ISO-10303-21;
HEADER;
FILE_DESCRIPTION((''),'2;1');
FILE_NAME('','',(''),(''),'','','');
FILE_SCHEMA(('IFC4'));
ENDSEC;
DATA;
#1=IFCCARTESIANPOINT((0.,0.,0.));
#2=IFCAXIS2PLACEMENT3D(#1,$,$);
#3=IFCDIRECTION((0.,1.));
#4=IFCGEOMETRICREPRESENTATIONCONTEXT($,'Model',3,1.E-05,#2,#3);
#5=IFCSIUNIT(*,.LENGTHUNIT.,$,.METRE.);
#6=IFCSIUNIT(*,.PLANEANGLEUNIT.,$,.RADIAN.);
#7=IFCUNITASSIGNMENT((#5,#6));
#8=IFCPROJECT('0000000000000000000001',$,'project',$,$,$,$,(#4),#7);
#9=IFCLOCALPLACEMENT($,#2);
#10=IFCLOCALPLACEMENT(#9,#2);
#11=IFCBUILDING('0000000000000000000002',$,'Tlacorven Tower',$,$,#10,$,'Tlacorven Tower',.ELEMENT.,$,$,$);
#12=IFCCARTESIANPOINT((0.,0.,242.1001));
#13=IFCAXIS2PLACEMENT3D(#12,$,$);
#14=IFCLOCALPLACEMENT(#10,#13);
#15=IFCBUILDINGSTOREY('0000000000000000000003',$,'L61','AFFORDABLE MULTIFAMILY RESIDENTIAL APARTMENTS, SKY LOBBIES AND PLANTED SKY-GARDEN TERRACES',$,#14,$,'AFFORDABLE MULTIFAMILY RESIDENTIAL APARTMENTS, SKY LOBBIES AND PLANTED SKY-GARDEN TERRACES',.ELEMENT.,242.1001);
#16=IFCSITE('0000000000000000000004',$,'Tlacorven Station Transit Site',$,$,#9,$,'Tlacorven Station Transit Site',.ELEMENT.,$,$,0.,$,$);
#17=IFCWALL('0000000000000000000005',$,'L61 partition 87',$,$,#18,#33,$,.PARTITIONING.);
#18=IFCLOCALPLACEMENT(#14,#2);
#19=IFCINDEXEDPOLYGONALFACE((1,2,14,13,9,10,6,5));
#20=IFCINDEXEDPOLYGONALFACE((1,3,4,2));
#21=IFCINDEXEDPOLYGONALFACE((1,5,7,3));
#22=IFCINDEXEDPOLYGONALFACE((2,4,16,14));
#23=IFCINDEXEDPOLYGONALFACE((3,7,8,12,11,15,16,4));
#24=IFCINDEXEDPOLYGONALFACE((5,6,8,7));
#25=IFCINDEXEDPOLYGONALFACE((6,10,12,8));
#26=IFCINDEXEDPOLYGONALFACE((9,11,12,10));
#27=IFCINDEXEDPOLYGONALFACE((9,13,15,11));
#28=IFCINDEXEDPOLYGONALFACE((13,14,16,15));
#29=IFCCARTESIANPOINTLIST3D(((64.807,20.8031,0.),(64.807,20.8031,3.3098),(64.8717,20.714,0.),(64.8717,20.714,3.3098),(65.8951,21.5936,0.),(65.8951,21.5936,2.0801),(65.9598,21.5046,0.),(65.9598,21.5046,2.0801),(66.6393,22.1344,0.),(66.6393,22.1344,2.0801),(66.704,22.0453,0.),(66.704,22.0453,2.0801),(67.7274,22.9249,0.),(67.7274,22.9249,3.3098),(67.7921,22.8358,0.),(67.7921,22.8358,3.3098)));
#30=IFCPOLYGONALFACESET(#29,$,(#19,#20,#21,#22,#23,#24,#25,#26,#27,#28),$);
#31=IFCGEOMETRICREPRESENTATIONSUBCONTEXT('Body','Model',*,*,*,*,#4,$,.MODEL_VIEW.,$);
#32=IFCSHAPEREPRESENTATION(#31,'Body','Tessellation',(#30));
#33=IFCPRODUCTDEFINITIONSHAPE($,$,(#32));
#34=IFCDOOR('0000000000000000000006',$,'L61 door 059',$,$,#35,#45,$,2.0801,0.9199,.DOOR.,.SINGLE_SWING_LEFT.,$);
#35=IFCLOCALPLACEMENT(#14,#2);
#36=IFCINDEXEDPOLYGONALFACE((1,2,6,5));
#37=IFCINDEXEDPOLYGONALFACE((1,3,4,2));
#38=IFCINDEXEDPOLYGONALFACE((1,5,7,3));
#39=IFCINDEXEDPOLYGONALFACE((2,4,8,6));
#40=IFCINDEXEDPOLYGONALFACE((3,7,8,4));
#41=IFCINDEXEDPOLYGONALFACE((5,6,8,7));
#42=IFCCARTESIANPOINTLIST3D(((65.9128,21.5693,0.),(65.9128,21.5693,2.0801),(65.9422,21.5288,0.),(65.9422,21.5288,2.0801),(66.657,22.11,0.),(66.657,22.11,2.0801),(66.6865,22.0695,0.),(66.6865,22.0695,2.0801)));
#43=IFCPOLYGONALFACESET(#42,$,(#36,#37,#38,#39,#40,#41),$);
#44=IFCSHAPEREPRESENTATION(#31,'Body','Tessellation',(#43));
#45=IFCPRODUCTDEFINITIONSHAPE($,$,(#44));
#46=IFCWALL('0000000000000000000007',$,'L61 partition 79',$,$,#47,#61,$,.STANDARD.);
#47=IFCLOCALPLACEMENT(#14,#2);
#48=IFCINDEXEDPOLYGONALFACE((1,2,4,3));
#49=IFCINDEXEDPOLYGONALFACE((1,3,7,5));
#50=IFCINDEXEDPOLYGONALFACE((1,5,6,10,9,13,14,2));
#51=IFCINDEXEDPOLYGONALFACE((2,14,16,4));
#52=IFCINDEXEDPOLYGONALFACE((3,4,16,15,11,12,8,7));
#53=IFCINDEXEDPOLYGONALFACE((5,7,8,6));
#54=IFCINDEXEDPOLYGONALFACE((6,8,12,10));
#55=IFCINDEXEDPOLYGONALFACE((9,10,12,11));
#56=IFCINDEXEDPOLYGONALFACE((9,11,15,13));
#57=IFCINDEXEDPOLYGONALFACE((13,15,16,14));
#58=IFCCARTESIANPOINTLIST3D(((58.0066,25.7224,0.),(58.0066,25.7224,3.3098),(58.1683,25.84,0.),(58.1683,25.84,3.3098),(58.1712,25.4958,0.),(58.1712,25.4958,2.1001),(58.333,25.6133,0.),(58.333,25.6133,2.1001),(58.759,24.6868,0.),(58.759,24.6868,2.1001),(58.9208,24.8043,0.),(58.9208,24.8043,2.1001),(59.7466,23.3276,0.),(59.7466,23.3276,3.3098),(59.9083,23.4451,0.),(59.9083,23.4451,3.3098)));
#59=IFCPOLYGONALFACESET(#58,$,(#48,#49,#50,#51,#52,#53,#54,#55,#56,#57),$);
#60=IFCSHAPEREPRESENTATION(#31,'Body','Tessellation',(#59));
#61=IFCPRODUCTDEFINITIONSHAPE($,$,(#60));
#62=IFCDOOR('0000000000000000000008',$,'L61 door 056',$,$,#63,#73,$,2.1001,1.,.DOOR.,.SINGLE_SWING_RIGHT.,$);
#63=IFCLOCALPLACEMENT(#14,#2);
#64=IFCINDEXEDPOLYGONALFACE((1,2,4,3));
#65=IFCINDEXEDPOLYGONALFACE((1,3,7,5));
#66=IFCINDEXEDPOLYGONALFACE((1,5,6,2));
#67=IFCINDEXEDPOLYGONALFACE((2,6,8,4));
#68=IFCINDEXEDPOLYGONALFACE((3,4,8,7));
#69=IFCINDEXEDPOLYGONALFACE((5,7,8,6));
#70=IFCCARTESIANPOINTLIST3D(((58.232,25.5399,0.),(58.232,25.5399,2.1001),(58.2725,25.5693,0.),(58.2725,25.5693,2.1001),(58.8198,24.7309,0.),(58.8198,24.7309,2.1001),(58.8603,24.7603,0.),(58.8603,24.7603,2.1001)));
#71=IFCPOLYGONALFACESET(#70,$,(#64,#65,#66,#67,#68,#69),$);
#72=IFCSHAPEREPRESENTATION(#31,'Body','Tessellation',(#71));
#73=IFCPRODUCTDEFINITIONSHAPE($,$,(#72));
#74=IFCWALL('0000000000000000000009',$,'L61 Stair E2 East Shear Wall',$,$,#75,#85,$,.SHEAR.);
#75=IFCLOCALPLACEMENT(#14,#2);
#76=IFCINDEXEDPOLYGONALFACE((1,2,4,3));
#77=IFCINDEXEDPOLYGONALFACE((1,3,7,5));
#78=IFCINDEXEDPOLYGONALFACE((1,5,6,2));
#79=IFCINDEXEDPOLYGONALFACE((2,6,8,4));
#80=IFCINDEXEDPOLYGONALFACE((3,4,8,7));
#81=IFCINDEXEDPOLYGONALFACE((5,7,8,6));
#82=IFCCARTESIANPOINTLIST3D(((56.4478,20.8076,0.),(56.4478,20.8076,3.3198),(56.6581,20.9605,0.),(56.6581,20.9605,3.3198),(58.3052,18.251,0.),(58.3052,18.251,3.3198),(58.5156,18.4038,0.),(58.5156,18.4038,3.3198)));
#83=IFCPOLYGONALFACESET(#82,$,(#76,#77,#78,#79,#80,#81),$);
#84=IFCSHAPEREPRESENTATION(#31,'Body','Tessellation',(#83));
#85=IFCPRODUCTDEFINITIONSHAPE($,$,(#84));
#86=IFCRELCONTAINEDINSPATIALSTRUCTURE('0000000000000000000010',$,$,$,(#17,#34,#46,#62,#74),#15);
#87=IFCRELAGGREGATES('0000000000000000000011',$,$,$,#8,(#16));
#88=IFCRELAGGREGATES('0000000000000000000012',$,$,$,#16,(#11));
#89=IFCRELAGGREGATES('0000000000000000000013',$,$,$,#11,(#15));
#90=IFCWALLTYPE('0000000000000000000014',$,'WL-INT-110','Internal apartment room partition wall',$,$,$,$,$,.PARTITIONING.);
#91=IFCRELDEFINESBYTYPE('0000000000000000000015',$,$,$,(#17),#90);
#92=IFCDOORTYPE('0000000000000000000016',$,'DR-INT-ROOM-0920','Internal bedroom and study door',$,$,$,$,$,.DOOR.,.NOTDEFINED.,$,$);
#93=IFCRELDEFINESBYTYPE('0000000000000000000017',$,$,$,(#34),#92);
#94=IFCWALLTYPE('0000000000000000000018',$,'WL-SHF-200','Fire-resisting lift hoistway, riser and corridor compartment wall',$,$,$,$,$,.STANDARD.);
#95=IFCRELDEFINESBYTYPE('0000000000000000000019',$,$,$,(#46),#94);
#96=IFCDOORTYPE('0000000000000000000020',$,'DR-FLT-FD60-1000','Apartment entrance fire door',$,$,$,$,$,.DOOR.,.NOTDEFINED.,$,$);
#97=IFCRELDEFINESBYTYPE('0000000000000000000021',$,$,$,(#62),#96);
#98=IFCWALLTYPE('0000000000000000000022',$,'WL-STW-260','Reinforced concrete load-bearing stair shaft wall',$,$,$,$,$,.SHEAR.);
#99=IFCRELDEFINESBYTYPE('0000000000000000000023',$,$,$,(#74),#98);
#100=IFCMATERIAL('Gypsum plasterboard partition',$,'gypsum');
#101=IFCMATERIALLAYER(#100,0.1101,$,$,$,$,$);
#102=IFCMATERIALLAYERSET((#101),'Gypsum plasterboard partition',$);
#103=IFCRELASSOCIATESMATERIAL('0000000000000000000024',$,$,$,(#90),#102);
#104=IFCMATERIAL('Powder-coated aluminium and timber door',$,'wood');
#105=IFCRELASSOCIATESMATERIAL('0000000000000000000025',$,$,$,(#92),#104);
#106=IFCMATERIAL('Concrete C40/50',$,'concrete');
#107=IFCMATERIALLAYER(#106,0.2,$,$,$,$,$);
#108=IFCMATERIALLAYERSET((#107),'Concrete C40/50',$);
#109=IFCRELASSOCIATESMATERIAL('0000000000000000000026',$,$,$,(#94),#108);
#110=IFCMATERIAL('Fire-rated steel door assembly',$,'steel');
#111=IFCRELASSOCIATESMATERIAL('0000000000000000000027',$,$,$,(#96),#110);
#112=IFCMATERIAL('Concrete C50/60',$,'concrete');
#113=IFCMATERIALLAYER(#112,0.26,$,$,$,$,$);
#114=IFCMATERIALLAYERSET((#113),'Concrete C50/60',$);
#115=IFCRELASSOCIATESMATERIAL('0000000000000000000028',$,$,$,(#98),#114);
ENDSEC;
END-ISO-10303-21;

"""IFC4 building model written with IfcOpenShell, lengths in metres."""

from ifc_helpers import new_model, si_unit, direction, frame, frame_2d, origin, place, context, subcontext, project, spatial, rectangle, extrude, source, transform, mapped, material, layer, layer_set, type_object, element, fill, save


model = new_model("IFC4")

# Units and contexts
model_context = context("Model", 3, precision=1e-05, world=origin(), true_north=direction((0.0, 1.0)))
body_context = subcontext(model_context, "Body", "Model", "MODEL_VIEW")
ifc_project = project(units=[si_unit("LENGTHUNIT", "METRE"), si_unit("PLANEANGLEUNIT", "RADIAN")], contexts=[model_context])

# Site, building, storey
site_placement = place(None, origin())
site = spatial("IfcSite", under=ifc_project, at=site_placement, Name="Tlacorven Station Transit Site", LongName="Tlacorven Station Transit Site", CompositionType="ELEMENT", RefElevation=0.0)
building_placement = place(site_placement, origin())
building = spatial("IfcBuilding", under=site, at=building_placement, Name="Tlacorven Tower", LongName="Tlacorven Tower", CompositionType="ELEMENT")
storey_placement = place(building_placement, frame((0.0, 0.0, 242.1001)))
storey = spatial("IfcBuildingStorey", under=building, at=storey_placement, Name="L61", Description="AFFORDABLE MULTIFAMILY RESIDENTIAL APARTMENTS, SKY LOBBIES AND PLANTED SKY-GARDEN TERRACES", LongName="AFFORDABLE MULTIFAMILY RESIDENTIAL APARTMENTS, SKY LOBBIES AND PLANTED SKY-GARDEN TERRACES", CompositionType="ELEMENT", Elevation=242.1001)

# Shared definitions
ifc_material_1 = material(Name="Concrete C50/60", Category="concrete")

# Walls, openings, doors
ifc_material_2 = material(Name="Gypsum plasterboard partition", Category="gypsum")
ifc_layer_1 = layer(ifc_material_2, 0.1101)
ifc_layer_set_1 = layer_set([ifc_layer_1], Name="Gypsum plasterboard partition")
wall_type_1 = type_object("IfcWallType", Name="WL-INT-110", Description="Internal apartment room partition wall", PredefinedType="PARTITIONING", material=ifc_layer_set_1)
wall_1_placement = place(storey_placement, frame((64.8394, 20.7585, 0.0), z_axis=(0.0, 0.0, 1.0), x_axis=(0.809014, 0.58779, 0.0)))
wall_1 = element("IfcWall", 1, at=wall_1_placement, inside=storey, type_object=wall_type_1, Name="L61 partition 87", PredefinedType="PARTITIONING", context=body_context, shape_type="SweptSolid", body=[
    extrude(rectangle(XDim=3.6099, YDim=0.1101, at=frame_2d((1.8049, 0.0))), origin(), (0.0, 0.0, 1.0), 3.3098),
])
opening_1_placement = place(wall_1_placement, frame((1.345, 0.0, 0.0)))
opening_1 = element("IfcOpeningElement", 2, at=opening_1_placement, cuts=wall_1, PredefinedType="OPENING", context=body_context, shape_type="SweptSolid", body=[
    extrude(rectangle(XDim=0.9199, YDim=2.0801, at=frame_2d((0.46, 1.04))), frame((0.0, 0.0649, 0.0), z_axis=(0.0, -1.0, 0.0), x_axis=(1.0, 0.0, 0.0)), (0.0, 0.0, 1.0), 0.1301),
])
ifc_material_3 = material(Name="Powder-coated aluminium and timber door", Category="wood")
door_type_1 = type_object("IfcDoorType", Name="DR-INT-ROOM-0920", Description="Internal bedroom and study door", OperationType="NOTDEFINED", PredefinedType="DOOR", material=ifc_material_3)
shared_shape_1 = source(origin(), body_context, "Body", "SweptSolid", [
    extrude(rectangle(XDim=0.9199, YDim=2.0801, at=frame_2d((0.46, 1.04))), frame((0.0, 0.0249, 0.0), z_axis=(0.0, -1.0, 0.0), x_axis=(1.0, 0.0, 0.0)), (0.0, 0.0, 1.0), 0.05),
])
door_1_placement = place(opening_1_placement, origin())
door_1 = element("IfcDoor", 3, at=door_1_placement, inside=storey, type_object=door_type_1, Name="L61 door 059", OperationType="SINGLE_SWING_LEFT", OverallHeight=2.0801, OverallWidth=0.9199, PredefinedType="DOOR", context=body_context, shape_type="MappedRepresentation", body=[
    mapped(shared_shape_1, transform((0.0, 0.0, 0.0), scale=1.0)),
])
fill(opening_1, door_1)
ifc_material_4 = material(Name="Concrete C40/50", Category="concrete")
ifc_layer_2 = layer(ifc_material_4, 0.2)
ifc_layer_set_2 = layer_set([ifc_layer_2], Name="Concrete C40/50")
wall_type_2 = type_object("IfcWallType", Name="WL-SHF-200", Description="Fire-resisting lift hoistway, riser and corridor compartment wall", PredefinedType="STANDARD", material=ifc_layer_set_2)
wall_2_placement = place(storey_placement, frame((59.8274, 23.3865, 0.0), z_axis=(0.0, 0.0, 1.0), x_axis=(-0.587804, 0.809003, 0.0)))
wall_2 = element("IfcWall", 4, at=wall_2_placement, inside=storey, type_object=wall_type_2, Name="L61 partition 79", PredefinedType="STANDARD", context=body_context, shape_type="SweptSolid", body=[
    extrude(rectangle(XDim=2.9602, YDim=0.2, at=frame_2d((1.48, 0.0))), origin(), (0.0, 0.0, 1.0), 3.3098),
])
opening_2_placement = place(wall_2_placement, frame((1.6799, 0.0, 0.0)))
opening_2 = element("IfcOpeningElement", 5, at=opening_2_placement, cuts=wall_2, PredefinedType="OPENING", context=body_context, shape_type="SweptSolid", body=[
    extrude(rectangle(XDim=1.0, YDim=2.1001, at=frame_2d((0.5, 1.05))), frame((0.0, 0.1099, 0.0), z_axis=(0.0, -1.0, 0.0), x_axis=(1.0, 0.0, 0.0)), (0.0, 0.0, 1.0), 0.22),
])
ifc_material_5 = material(Name="Fire-rated steel door assembly", Category="steel")
door_type_2 = type_object("IfcDoorType", Name="DR-FLT-FD60-1000", Description="Apartment entrance fire door", OperationType="NOTDEFINED", PredefinedType="DOOR", material=ifc_material_5)
shared_shape_2 = source(origin(), body_context, "Body", "SweptSolid", [
    extrude(rectangle(XDim=1.0, YDim=2.1001, at=frame_2d((0.5, 1.05))), frame((0.0, 0.0249, 0.0), z_axis=(0.0, -1.0, 0.0), x_axis=(1.0, 0.0, 0.0)), (0.0, 0.0, 1.0), 0.05),
])
door_2_placement = place(opening_2_placement, origin())
door_2 = element("IfcDoor", 6, at=door_2_placement, inside=storey, type_object=door_type_2, Name="L61 door 056", OperationType="SINGLE_SWING_RIGHT", OverallHeight=2.1001, OverallWidth=1.0, PredefinedType="DOOR", context=body_context, shape_type="MappedRepresentation", body=[
    mapped(shared_shape_2, transform((0.0, 0.0, 0.0), scale=1.0)),
])
fill(opening_2, door_2)

# Wall
ifc_layer_3 = layer(ifc_material_1, 0.26)
ifc_layer_set_3 = layer_set([ifc_layer_3], Name="Concrete C50/60")
wall_type_3 = type_object("IfcWallType", Name="WL-STW-260", Description="Reinforced concrete load-bearing stair shaft wall", PredefinedType="SHEAR", material=ifc_layer_set_3)
wall_3_placement = place(storey_placement, frame((58.4104, 18.3274, 0.0), z_axis=(0.0, 0.0, 1.0), x_axis=(-0.587767, 0.80903, 0.0)))
element("IfcWall", 7, at=wall_3_placement, inside=storey, type_object=wall_type_3, Name="L61 Stair E2 East Shear Wall", PredefinedType="SHEAR", context=body_context, shape_type="SweptSolid", body=[
    extrude(rectangle(XDim=3.1602, YDim=0.26, at=frame_2d((1.5801, 0.0))), origin(), (0.0, 0.0, 1.0), 3.3198),
])

save(model, "model.ifc")
